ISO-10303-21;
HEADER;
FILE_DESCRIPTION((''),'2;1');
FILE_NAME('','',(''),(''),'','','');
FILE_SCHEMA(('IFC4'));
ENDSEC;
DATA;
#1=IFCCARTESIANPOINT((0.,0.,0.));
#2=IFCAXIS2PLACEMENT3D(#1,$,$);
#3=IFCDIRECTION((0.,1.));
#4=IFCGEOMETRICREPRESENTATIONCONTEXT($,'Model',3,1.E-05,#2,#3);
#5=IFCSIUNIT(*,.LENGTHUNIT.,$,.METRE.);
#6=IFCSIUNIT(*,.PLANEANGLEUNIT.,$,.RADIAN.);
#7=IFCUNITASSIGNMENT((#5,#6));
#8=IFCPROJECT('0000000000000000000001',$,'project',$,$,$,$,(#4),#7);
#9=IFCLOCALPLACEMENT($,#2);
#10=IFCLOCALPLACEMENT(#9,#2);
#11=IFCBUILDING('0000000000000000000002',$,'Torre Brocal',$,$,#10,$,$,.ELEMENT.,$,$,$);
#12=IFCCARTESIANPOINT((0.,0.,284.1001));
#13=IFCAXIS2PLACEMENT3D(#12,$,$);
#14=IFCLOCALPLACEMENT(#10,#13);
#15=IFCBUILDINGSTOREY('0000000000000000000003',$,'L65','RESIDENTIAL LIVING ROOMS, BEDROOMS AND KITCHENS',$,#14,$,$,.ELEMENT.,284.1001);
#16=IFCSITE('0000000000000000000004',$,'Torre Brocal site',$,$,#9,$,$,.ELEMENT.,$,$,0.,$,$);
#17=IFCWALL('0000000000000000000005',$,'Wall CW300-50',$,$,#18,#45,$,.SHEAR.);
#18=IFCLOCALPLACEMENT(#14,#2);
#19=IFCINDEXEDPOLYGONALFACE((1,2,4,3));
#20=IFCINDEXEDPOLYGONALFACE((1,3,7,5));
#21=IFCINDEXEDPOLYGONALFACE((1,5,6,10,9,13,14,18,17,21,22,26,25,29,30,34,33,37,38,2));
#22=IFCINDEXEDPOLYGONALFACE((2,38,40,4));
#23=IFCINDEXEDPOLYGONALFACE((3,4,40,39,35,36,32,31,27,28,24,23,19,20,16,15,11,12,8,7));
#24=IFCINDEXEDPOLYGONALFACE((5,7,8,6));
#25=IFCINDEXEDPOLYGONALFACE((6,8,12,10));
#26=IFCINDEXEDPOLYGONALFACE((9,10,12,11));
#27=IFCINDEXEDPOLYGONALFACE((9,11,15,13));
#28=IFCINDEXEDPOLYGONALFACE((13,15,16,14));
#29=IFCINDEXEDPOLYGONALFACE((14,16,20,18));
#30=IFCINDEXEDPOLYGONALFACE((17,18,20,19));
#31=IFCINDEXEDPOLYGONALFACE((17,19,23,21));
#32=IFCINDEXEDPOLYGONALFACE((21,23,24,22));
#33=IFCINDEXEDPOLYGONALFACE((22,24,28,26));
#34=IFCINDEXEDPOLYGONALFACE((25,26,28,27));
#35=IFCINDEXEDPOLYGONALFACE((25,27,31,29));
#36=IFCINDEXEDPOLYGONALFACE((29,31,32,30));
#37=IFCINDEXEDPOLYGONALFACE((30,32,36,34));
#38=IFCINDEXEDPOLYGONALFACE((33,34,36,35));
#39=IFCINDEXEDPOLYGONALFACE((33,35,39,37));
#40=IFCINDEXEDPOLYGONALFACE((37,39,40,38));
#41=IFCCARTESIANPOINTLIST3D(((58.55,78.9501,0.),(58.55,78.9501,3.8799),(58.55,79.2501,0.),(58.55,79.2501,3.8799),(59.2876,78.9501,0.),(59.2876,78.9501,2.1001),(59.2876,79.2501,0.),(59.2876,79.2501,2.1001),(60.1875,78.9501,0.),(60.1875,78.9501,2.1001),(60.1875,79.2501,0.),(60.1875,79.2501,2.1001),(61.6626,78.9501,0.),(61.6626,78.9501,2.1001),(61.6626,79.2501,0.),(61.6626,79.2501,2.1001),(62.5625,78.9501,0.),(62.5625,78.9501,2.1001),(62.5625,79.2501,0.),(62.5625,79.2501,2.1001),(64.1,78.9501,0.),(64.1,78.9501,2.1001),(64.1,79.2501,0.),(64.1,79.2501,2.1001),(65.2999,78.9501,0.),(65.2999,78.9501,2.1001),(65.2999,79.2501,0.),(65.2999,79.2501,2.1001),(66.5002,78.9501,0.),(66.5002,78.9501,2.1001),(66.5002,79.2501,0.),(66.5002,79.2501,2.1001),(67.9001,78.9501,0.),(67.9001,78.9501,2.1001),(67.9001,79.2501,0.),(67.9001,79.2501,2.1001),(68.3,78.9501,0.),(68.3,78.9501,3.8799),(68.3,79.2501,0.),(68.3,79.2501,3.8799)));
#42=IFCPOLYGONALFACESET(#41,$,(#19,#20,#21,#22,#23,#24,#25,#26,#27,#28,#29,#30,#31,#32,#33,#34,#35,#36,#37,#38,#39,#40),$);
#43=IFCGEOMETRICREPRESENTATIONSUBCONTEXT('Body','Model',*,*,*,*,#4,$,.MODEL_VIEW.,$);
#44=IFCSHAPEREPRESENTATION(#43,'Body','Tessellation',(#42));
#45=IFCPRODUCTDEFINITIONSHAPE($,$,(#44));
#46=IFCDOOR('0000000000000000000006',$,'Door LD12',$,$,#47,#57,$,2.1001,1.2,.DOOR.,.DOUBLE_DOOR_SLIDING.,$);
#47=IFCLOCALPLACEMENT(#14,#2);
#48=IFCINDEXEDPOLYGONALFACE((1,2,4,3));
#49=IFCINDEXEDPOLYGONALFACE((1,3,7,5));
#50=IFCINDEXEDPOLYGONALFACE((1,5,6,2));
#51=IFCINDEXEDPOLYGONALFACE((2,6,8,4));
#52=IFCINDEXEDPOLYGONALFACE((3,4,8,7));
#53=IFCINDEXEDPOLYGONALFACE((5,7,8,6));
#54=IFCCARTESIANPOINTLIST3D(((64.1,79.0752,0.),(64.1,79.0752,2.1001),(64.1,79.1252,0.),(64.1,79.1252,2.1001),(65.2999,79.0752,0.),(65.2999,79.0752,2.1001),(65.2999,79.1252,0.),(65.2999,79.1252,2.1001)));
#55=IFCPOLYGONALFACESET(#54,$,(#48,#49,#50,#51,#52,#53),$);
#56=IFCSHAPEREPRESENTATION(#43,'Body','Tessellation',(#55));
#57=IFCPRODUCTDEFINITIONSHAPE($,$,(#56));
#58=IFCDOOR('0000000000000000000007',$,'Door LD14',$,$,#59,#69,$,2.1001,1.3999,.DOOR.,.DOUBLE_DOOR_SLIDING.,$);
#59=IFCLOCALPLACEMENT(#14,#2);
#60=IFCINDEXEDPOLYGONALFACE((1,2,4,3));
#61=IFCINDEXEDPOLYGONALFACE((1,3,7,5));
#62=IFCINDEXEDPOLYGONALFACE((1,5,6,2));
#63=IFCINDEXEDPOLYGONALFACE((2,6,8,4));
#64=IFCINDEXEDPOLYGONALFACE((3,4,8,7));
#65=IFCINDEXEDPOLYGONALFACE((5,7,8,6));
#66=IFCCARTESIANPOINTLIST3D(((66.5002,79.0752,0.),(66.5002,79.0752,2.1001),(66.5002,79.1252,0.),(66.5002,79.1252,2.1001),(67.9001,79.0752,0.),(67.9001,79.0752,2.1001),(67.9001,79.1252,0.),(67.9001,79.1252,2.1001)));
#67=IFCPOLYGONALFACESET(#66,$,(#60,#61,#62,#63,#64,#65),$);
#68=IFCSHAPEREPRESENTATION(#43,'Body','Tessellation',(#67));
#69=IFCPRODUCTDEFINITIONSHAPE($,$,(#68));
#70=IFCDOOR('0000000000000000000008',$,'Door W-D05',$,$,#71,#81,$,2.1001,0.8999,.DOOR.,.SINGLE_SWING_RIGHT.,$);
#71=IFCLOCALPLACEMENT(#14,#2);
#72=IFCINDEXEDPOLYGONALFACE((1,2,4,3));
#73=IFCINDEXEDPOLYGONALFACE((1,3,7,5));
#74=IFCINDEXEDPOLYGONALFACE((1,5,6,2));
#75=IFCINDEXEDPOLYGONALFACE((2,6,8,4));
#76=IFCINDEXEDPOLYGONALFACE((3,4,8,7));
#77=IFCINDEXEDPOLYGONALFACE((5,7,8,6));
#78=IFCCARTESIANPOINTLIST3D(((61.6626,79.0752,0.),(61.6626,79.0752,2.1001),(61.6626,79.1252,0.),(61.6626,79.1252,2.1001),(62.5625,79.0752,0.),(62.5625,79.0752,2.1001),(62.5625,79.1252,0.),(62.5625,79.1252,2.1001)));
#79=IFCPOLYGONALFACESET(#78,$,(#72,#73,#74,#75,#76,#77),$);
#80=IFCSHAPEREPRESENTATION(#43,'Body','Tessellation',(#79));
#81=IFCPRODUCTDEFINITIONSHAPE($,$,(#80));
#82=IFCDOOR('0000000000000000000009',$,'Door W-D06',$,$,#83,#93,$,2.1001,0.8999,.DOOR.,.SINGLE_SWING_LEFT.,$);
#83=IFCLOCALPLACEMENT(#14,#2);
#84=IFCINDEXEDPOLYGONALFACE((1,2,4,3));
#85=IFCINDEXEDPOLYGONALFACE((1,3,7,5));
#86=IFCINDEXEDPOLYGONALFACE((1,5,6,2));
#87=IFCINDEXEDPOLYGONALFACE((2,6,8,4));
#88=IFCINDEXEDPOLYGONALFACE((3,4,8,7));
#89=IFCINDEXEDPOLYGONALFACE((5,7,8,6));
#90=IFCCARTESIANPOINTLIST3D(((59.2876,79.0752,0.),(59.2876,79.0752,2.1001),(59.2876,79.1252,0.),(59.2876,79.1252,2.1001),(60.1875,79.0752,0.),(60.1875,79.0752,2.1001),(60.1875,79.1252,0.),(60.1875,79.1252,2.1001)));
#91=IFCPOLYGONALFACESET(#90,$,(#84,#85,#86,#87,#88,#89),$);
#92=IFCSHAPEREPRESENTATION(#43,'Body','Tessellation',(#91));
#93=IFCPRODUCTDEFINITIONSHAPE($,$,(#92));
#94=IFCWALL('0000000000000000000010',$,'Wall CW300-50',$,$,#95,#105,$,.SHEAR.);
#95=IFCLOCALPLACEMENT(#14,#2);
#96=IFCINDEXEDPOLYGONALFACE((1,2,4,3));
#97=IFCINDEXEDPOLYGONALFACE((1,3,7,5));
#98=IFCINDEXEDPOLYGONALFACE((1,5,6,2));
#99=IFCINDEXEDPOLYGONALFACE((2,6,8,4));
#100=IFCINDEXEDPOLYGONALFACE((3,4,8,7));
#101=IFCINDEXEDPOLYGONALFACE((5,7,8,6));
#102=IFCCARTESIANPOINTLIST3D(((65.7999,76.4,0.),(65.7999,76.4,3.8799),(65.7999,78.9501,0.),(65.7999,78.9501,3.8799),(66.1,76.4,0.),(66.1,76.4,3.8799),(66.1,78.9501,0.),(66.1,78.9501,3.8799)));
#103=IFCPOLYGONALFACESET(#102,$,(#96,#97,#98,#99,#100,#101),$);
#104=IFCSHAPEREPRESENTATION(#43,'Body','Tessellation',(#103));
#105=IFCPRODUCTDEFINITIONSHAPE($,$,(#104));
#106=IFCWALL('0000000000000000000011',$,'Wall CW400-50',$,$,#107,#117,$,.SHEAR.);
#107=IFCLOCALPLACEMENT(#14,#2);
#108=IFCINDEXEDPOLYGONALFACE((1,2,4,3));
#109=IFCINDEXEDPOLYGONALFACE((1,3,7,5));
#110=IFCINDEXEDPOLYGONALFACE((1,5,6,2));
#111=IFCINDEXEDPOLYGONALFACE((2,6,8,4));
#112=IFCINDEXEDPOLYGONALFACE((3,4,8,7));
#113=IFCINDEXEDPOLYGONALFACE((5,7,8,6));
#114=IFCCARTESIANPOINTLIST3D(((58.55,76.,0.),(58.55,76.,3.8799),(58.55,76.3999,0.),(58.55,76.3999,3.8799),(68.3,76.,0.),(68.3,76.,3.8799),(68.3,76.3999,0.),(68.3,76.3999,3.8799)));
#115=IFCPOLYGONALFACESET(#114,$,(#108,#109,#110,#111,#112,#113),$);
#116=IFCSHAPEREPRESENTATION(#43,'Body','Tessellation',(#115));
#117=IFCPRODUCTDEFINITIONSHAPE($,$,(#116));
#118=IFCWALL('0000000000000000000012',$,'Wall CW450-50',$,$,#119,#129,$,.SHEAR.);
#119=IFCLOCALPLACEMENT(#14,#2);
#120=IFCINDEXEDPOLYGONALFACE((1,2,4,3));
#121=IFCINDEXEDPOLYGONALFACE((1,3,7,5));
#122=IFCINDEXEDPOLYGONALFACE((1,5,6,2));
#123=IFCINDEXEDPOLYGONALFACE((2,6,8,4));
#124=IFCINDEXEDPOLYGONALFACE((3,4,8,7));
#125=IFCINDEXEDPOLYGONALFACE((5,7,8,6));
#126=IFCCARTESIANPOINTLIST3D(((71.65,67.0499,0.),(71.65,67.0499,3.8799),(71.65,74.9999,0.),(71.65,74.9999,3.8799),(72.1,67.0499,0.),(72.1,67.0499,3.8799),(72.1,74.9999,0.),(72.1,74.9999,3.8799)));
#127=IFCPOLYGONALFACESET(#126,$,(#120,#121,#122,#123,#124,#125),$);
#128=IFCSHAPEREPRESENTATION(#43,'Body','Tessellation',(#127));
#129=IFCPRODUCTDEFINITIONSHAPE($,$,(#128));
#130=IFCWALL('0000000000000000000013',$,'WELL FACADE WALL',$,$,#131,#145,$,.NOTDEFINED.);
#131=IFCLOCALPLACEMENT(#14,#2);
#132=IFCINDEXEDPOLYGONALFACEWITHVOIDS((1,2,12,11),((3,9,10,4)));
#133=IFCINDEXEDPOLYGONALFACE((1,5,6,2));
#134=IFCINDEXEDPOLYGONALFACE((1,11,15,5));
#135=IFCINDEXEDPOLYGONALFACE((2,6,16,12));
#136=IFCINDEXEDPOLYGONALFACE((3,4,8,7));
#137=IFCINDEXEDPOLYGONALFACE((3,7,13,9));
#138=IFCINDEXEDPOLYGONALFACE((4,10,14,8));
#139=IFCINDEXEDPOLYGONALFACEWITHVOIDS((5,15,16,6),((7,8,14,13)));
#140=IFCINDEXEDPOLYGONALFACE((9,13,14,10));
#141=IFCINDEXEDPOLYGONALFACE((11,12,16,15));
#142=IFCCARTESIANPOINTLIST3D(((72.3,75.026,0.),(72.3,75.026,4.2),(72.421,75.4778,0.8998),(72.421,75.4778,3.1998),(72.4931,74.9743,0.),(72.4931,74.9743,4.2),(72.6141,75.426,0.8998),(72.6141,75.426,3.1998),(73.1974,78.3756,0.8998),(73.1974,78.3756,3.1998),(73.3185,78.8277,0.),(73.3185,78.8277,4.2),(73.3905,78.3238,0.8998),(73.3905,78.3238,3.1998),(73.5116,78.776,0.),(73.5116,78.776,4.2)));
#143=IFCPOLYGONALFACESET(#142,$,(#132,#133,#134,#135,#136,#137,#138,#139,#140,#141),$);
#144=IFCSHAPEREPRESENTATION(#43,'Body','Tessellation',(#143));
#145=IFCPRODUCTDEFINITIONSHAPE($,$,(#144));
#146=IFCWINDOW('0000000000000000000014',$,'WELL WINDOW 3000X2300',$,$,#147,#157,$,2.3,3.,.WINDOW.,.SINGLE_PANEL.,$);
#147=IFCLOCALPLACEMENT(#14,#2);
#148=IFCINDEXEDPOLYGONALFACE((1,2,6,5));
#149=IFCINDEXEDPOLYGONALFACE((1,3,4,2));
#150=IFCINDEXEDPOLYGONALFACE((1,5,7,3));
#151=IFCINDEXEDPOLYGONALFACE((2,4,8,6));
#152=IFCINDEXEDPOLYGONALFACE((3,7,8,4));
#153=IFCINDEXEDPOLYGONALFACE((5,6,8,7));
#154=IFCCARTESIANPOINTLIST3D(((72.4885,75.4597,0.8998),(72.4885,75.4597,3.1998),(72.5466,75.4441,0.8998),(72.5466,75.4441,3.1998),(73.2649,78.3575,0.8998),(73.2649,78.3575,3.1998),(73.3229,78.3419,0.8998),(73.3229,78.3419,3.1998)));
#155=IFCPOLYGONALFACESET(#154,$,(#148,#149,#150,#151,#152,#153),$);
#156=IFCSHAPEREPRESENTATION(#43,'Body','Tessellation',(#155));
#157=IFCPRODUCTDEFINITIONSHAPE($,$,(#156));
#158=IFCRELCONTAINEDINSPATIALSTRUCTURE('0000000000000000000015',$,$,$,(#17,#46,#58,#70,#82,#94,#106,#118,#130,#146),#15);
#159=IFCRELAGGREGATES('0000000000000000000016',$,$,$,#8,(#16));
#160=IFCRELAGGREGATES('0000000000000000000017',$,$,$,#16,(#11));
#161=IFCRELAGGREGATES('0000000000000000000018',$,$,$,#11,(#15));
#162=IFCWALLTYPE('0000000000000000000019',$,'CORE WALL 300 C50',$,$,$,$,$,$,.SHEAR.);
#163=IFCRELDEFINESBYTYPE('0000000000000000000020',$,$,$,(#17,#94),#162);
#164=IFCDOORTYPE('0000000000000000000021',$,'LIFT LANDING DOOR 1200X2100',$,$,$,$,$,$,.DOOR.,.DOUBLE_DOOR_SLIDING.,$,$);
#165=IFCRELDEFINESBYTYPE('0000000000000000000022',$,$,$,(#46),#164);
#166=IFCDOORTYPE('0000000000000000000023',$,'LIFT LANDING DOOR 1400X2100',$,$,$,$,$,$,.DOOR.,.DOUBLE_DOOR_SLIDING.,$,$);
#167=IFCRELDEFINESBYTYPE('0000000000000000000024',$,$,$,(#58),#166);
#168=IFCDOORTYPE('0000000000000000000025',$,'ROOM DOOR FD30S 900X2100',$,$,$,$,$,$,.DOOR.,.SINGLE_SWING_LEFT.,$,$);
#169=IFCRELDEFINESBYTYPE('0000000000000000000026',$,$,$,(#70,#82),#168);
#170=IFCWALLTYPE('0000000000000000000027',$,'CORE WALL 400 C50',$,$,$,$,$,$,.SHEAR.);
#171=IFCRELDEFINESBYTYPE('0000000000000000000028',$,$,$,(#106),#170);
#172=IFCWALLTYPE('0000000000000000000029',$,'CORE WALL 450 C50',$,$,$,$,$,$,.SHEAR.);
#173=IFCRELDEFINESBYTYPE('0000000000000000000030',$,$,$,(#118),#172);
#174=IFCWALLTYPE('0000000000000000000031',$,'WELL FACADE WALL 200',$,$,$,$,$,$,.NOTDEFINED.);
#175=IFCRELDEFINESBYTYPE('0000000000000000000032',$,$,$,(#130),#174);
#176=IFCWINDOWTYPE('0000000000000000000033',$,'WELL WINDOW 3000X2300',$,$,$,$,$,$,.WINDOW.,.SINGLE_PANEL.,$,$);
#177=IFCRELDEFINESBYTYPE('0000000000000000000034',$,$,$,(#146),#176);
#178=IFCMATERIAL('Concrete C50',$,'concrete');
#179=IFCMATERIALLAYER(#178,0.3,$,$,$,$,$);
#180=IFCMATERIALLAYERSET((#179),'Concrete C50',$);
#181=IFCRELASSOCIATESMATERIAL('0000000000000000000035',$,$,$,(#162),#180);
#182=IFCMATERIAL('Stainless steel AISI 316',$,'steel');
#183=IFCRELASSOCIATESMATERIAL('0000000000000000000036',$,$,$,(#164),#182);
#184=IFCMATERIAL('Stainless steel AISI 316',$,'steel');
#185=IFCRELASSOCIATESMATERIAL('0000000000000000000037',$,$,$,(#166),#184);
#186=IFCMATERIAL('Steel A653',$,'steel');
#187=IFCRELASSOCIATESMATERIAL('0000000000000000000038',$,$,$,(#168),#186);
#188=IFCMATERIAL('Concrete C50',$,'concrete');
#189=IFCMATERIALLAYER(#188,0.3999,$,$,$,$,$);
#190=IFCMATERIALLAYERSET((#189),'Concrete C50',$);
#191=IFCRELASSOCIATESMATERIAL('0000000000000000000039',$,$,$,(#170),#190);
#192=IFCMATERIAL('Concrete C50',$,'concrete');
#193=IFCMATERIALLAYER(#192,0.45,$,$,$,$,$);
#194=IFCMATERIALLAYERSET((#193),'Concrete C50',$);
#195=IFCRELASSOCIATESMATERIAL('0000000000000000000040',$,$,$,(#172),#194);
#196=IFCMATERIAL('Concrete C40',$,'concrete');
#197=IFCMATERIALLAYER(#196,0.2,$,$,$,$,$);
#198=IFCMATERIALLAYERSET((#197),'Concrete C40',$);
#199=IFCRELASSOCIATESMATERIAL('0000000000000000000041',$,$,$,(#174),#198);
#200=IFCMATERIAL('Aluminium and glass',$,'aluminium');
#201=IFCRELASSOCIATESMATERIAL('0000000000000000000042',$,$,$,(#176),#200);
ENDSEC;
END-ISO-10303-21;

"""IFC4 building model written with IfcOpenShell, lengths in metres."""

from ifc_helpers import new_model, si_unit, direction, frame, frame_2d, origin, place, context, subcontext, project, spatial, rectangle, extrude, material, layer, layer_set, type_object, element, fill, save


model = new_model("IFC4")

# Units and contexts
model_context = context("Model", 3, precision=1e-05, world=origin(), true_north=direction((0.0, 1.0)))
body_context = subcontext(model_context, "Body", "Model", "MODEL_VIEW")
ifc_project = project(units=[si_unit("LENGTHUNIT", "METRE"), si_unit("PLANEANGLEUNIT", "RADIAN")], contexts=[model_context])

# Site, building, storey
site_placement = place(None, origin())
site = spatial("IfcSite", under=ifc_project, at=site_placement, Name="Torre Brocal site", CompositionType="ELEMENT", RefElevation=0.0)
building_placement = place(site_placement, origin())
building = spatial("IfcBuilding", under=site, at=building_placement, Name="Torre Brocal", CompositionType="ELEMENT")
storey_placement = place(building_placement, frame((0.0, 0.0, 284.1001)))
storey = spatial("IfcBuildingStorey", under=building, at=storey_placement, Name="L65", Description="RESIDENTIAL LIVING ROOMS, BEDROOMS AND KITCHENS", CompositionType="ELEMENT", Elevation=284.1001)

# Shared definitions
ifc_material_1 = material(Name="Concrete C50", Category="concrete")
ifc_layer_1 = layer(ifc_material_1, 0.3)
ifc_layer_set_1 = layer_set([ifc_layer_1], Name="Concrete C50")
wall_type_1 = type_object("IfcWallType", Name="CORE WALL 300 C50", PredefinedType="SHEAR", material=ifc_layer_set_1)

# Wall, openings, doors
wall_1_placement = place(storey_placement, frame((68.3, 79.1001, 0.0), z_axis=(0.0, 0.0, 1.0), x_axis=(-1.0, 0.0, 0.0)))
wall_1 = element("IfcWall", 1, at=wall_1_placement, inside=storey, type_object=wall_type_1, Name="Wall CW300-50", PredefinedType="SHEAR", context=body_context, shape_type="SweptSolid", body=[
    extrude(rectangle(XDim=9.75, YDim=0.3, at=frame_2d((4.875, 0.0))), origin(), (0.0, 0.0, 1.0), 3.8799),
])
opening_1_placement = place(wall_1_placement, frame((0.3999, 0.0, 0.0)))
opening_1 = element("IfcOpeningElement", 2, at=opening_1_placement, cuts=wall_1, PredefinedType="OPENING", context=body_context, shape_type="SweptSolid", body=[
    extrude(rectangle(XDim=1.3999, YDim=2.1001, at=frame_2d((0.7, 1.05))), frame((0.0, 0.1599, 0.0), z_axis=(0.0, -1.0, 0.0), x_axis=(1.0, 0.0, 0.0)), (0.0, 0.0, 1.0), 0.3201),
])
opening_2_placement = place(wall_1_placement, frame((3.0, 0.0, 0.0)))
opening_2 = element("IfcOpeningElement", 3, at=opening_2_placement, cuts=wall_1, PredefinedType="OPENING", context=body_context, shape_type="SweptSolid", body=[
    extrude(rectangle(XDim=1.2, YDim=2.1001, at=frame_2d((0.6001, 1.05))), frame((0.0, 0.1599, 0.0), z_axis=(0.0, -1.0, 0.0), x_axis=(1.0, 0.0, 0.0)), (0.0, 0.0, 1.0), 0.3201),
])
opening_3_placement = place(wall_1_placement, frame((5.7375, 0.0, 0.0)))
opening_3 = element("IfcOpeningElement", 4, at=opening_3_placement, cuts=wall_1, PredefinedType="OPENING", context=body_context, shape_type="SweptSolid", body=[
    extrude(rectangle(XDim=0.8999, YDim=2.1001, at=frame_2d((0.45, 1.05))), frame((0.0, 0.1599, 0.0), z_axis=(0.0, -1.0, 0.0), x_axis=(1.0, 0.0, 0.0)), (0.0, 0.0, 1.0), 0.3201),
])
opening_4_placement = place(wall_1_placement, frame((8.1125, 0.0, 0.0)))
opening_4 = element("IfcOpeningElement", 5, at=opening_4_placement, cuts=wall_1, PredefinedType="OPENING", context=body_context, shape_type="SweptSolid", body=[
    extrude(rectangle(XDim=0.8999, YDim=2.1001, at=frame_2d((0.45, 1.05))), frame((0.0, 0.1599, 0.0), z_axis=(0.0, -1.0, 0.0), x_axis=(1.0, 0.0, 0.0)), (0.0, 0.0, 1.0), 0.3201),
])
ifc_material_2 = material(Name="Stainless steel AISI 316", Category="steel")
door_type_1 = type_object("IfcDoorType", Name="LIFT LANDING DOOR 1200X2100", OperationType="DOUBLE_DOOR_SLIDING", PredefinedType="DOOR", material=ifc_material_2)
door_1_placement = place(opening_2_placement, origin())
door_1 = element("IfcDoor", 6, at=door_1_placement, inside=storey, type_object=door_type_1, Name="Door LD12", OperationType="DOUBLE_DOOR_SLIDING", OverallHeight=2.1001, OverallWidth=1.2, PredefinedType="DOOR", context=body_context, shape_type="SweptSolid", body=[
    extrude(rectangle(XDim=1.2, YDim=2.1001, at=frame_2d((0.6001, 1.05))), frame((0.0, 0.0249, 0.0), z_axis=(0.0, -1.0, 0.0), x_axis=(1.0, 0.0, 0.0)), (0.0, 0.0, 1.0), 0.05),
])
fill(opening_2, door_1)
ifc_material_3 = material(Name="Stainless steel AISI 316", Category="steel")
door_type_2 = type_object("IfcDoorType", Name="LIFT LANDING DOOR 1400X2100", OperationType="DOUBLE_DOOR_SLIDING", PredefinedType="DOOR", material=ifc_material_3)
door_2_placement = place(opening_1_placement, origin())
door_2 = element("IfcDoor", 7, at=door_2_placement, inside=storey, type_object=door_type_2, Name="Door LD14", OperationType="DOUBLE_DOOR_SLIDING", OverallHeight=2.1001, OverallWidth=1.3999, PredefinedType="DOOR", context=body_context, shape_type="SweptSolid", body=[
    extrude(rectangle(XDim=1.3999, YDim=2.1001, at=frame_2d((0.7, 1.05))), frame((0.0, 0.0249, 0.0), z_axis=(0.0, -1.0, 0.0), x_axis=(1.0, 0.0, 0.0)), (0.0, 0.0, 1.0), 0.05),
])
fill(opening_1, door_2)
ifc_material_4 = material(Name="Steel A653", Category="steel")
door_type_3 = type_object("IfcDoorType", Name="ROOM DOOR FD30S 900X2100", OperationType="SINGLE_SWING_LEFT", PredefinedType="DOOR", material=ifc_material_4)
door_3_placement = place(opening_3_placement, origin())
door_3 = element("IfcDoor", 8, at=door_3_placement, inside=storey, type_object=door_type_3, Name="Door W-D05", OperationType="SINGLE_SWING_RIGHT", OverallHeight=2.1001, OverallWidth=0.8999, PredefinedType="DOOR", context=body_context, shape_type="SweptSolid", body=[
    extrude(rectangle(XDim=0.8999, YDim=2.1001, at=frame_2d((0.45, 1.05))), frame((0.0, 0.0249, 0.0), z_axis=(0.0, -1.0, 0.0), x_axis=(1.0, 0.0, 0.0)), (0.0, 0.0, 1.0), 0.05),
])
fill(opening_3, door_3)
door_4_placement = place(opening_4_placement, origin())
door_4 = element("IfcDoor", 9, at=door_4_placement, inside=storey, type_object=door_type_3, Name="Door W-D06", OperationType="SINGLE_SWING_LEFT", OverallHeight=2.1001, OverallWidth=0.8999, PredefinedType="DOOR", context=body_context, shape_type="SweptSolid", body=[
    extrude(rectangle(XDim=0.8999, YDim=2.1001, at=frame_2d((0.45, 1.05))), frame((0.0, 0.0249, 0.0), z_axis=(0.0, -1.0, 0.0), x_axis=(1.0, 0.0, 0.0)), (0.0, 0.0, 1.0), 0.05),
])
fill(opening_4, door_4)

# Walls
wall_2_placement = place(storey_placement, frame((65.95, 78.95, 0.0), z_axis=(0.0, 0.0, 1.0), x_axis=(0.0, -1.0, 0.0)))
element("IfcWall", 10, at=wall_2_placement, inside=storey, type_object=wall_type_1, Name="Wall CW300-50", PredefinedType="SHEAR", context=body_context, shape_type="SweptSolid", body=[
    extrude(rectangle(XDim=2.55, YDim=0.3, at=frame_2d((1.2749, 0.0))), origin(), (0.0, 0.0, 1.0), 3.8799),
])
ifc_material_5 = material(Name="Concrete C50", Category="concrete")
ifc_layer_2 = layer(ifc_material_5, 0.3999)
ifc_layer_set_2 = layer_set([ifc_layer_2], Name="Concrete C50")
wall_type_2 = type_object("IfcWallType", Name="CORE WALL 400 C50", PredefinedType="SHEAR", material=ifc_layer_set_2)
wall_3_placement = place(storey_placement, frame((68.3, 76.2, 0.0), z_axis=(0.0, 0.0, 1.0), x_axis=(-1.0, 0.0, 0.0)))
element("IfcWall", 11, at=wall_3_placement, inside=storey, type_object=wall_type_2, Name="Wall CW400-50", PredefinedType="SHEAR", context=body_context, shape_type="SweptSolid", body=[
    extrude(rectangle(XDim=9.75, YDim=0.3999, at=frame_2d((4.875, 0.0))), origin(), (0.0, 0.0, 1.0), 3.8799),
])
ifc_material_6 = material(Name="Concrete C50", Category="concrete")
ifc_layer_3 = layer(ifc_material_6, 0.45)
ifc_layer_set_3 = layer_set([ifc_layer_3], Name="Concrete C50")
wall_type_3 = type_object("IfcWallType", Name="CORE WALL 450 C50", PredefinedType="SHEAR", material=ifc_layer_set_3)
wall_4_placement = place(storey_placement, frame((71.875, 75.0, 0.0), z_axis=(0.0, 0.0, 1.0), x_axis=(0.0, -1.0, 0.0)))
element("IfcWall", 12, at=wall_4_placement, inside=storey, type_object=wall_type_3, Name="Wall CW450-50", PredefinedType="SHEAR", context=body_context, shape_type="SweptSolid", body=[
    extrude(rectangle(XDim=7.95, YDim=0.45, at=frame_2d((3.9751, 0.0))), origin(), (0.0, 0.0, 1.0), 3.8799),
])

# Wall, opening, window
ifc_material_7 = material(Name="Concrete C40", Category="concrete")
ifc_layer_4 = layer(ifc_material_7, 0.2)
ifc_layer_set_4 = layer_set([ifc_layer_4], Name="Concrete C40")
wall_type_4 = type_object("IfcWallType", Name="WELL FACADE WALL 200", PredefinedType="NOTDEFINED", material=ifc_layer_set_4)
wall_5_placement = place(storey_placement, frame((73.415, 78.8018, 0.0), z_axis=(0.0, 0.0, 1.0), x_axis=(-0.25879, -0.965934, 0.0)))
wall_5 = element("IfcWall", 13, at=wall_5_placement, inside=storey, type_object=wall_type_4, Name="WELL FACADE WALL", PredefinedType="NOTDEFINED", context=body_context, shape_type="SweptSolid", body=[
    extrude(rectangle(XDim=3.9358, YDim=0.2, at=frame_2d((1.9678, 0.0))), origin(), (0.0, 0.0, 1.0), 4.2),
])
opening_5_placement = place(wall_5_placement, frame((0.468, 0.0, 0.8999)))
opening_5 = element("IfcOpeningElement", 14, at=opening_5_placement, cuts=wall_5, PredefinedType="OPENING", context=body_context, shape_type="SweptSolid", body=[
    extrude(rectangle(XDim=3.0, YDim=2.3, at=frame_2d((1.5, 1.1499))), frame((0.0, 0.1099, 0.0), z_axis=(0.0, -1.0, 0.0), x_axis=(1.0, 0.0, 0.0)), (0.0, 0.0, 1.0), 0.22),
])
ifc_material_8 = material(Name="Aluminium and glass", Category="aluminium")
window_type = type_object("IfcWindowType", Name="WELL WINDOW 3000X2300", PartitioningType="SINGLE_PANEL", PredefinedType="WINDOW", material=ifc_material_8)
window_1_placement = place(opening_5_placement, origin())
window_1 = element("IfcWindow", 15, at=window_1_placement, inside=storey, type_object=window_type, Name="WELL WINDOW 3000X2300", OverallHeight=2.3, OverallWidth=3.0, PartitioningType="SINGLE_PANEL", PredefinedType="WINDOW", context=body_context, shape_type="SweptSolid", body=[
    extrude(rectangle(XDim=3.0, YDim=2.3, at=frame_2d((1.5, 1.1499))), frame((0.0, 0.03, 0.0), z_axis=(0.0, -1.0, 0.0), x_axis=(1.0, 0.0, 0.0)), (0.0, 0.0, 1.0), 0.0601),
])
fill(opening_5, window_1)

save(model, "model.ifc")
